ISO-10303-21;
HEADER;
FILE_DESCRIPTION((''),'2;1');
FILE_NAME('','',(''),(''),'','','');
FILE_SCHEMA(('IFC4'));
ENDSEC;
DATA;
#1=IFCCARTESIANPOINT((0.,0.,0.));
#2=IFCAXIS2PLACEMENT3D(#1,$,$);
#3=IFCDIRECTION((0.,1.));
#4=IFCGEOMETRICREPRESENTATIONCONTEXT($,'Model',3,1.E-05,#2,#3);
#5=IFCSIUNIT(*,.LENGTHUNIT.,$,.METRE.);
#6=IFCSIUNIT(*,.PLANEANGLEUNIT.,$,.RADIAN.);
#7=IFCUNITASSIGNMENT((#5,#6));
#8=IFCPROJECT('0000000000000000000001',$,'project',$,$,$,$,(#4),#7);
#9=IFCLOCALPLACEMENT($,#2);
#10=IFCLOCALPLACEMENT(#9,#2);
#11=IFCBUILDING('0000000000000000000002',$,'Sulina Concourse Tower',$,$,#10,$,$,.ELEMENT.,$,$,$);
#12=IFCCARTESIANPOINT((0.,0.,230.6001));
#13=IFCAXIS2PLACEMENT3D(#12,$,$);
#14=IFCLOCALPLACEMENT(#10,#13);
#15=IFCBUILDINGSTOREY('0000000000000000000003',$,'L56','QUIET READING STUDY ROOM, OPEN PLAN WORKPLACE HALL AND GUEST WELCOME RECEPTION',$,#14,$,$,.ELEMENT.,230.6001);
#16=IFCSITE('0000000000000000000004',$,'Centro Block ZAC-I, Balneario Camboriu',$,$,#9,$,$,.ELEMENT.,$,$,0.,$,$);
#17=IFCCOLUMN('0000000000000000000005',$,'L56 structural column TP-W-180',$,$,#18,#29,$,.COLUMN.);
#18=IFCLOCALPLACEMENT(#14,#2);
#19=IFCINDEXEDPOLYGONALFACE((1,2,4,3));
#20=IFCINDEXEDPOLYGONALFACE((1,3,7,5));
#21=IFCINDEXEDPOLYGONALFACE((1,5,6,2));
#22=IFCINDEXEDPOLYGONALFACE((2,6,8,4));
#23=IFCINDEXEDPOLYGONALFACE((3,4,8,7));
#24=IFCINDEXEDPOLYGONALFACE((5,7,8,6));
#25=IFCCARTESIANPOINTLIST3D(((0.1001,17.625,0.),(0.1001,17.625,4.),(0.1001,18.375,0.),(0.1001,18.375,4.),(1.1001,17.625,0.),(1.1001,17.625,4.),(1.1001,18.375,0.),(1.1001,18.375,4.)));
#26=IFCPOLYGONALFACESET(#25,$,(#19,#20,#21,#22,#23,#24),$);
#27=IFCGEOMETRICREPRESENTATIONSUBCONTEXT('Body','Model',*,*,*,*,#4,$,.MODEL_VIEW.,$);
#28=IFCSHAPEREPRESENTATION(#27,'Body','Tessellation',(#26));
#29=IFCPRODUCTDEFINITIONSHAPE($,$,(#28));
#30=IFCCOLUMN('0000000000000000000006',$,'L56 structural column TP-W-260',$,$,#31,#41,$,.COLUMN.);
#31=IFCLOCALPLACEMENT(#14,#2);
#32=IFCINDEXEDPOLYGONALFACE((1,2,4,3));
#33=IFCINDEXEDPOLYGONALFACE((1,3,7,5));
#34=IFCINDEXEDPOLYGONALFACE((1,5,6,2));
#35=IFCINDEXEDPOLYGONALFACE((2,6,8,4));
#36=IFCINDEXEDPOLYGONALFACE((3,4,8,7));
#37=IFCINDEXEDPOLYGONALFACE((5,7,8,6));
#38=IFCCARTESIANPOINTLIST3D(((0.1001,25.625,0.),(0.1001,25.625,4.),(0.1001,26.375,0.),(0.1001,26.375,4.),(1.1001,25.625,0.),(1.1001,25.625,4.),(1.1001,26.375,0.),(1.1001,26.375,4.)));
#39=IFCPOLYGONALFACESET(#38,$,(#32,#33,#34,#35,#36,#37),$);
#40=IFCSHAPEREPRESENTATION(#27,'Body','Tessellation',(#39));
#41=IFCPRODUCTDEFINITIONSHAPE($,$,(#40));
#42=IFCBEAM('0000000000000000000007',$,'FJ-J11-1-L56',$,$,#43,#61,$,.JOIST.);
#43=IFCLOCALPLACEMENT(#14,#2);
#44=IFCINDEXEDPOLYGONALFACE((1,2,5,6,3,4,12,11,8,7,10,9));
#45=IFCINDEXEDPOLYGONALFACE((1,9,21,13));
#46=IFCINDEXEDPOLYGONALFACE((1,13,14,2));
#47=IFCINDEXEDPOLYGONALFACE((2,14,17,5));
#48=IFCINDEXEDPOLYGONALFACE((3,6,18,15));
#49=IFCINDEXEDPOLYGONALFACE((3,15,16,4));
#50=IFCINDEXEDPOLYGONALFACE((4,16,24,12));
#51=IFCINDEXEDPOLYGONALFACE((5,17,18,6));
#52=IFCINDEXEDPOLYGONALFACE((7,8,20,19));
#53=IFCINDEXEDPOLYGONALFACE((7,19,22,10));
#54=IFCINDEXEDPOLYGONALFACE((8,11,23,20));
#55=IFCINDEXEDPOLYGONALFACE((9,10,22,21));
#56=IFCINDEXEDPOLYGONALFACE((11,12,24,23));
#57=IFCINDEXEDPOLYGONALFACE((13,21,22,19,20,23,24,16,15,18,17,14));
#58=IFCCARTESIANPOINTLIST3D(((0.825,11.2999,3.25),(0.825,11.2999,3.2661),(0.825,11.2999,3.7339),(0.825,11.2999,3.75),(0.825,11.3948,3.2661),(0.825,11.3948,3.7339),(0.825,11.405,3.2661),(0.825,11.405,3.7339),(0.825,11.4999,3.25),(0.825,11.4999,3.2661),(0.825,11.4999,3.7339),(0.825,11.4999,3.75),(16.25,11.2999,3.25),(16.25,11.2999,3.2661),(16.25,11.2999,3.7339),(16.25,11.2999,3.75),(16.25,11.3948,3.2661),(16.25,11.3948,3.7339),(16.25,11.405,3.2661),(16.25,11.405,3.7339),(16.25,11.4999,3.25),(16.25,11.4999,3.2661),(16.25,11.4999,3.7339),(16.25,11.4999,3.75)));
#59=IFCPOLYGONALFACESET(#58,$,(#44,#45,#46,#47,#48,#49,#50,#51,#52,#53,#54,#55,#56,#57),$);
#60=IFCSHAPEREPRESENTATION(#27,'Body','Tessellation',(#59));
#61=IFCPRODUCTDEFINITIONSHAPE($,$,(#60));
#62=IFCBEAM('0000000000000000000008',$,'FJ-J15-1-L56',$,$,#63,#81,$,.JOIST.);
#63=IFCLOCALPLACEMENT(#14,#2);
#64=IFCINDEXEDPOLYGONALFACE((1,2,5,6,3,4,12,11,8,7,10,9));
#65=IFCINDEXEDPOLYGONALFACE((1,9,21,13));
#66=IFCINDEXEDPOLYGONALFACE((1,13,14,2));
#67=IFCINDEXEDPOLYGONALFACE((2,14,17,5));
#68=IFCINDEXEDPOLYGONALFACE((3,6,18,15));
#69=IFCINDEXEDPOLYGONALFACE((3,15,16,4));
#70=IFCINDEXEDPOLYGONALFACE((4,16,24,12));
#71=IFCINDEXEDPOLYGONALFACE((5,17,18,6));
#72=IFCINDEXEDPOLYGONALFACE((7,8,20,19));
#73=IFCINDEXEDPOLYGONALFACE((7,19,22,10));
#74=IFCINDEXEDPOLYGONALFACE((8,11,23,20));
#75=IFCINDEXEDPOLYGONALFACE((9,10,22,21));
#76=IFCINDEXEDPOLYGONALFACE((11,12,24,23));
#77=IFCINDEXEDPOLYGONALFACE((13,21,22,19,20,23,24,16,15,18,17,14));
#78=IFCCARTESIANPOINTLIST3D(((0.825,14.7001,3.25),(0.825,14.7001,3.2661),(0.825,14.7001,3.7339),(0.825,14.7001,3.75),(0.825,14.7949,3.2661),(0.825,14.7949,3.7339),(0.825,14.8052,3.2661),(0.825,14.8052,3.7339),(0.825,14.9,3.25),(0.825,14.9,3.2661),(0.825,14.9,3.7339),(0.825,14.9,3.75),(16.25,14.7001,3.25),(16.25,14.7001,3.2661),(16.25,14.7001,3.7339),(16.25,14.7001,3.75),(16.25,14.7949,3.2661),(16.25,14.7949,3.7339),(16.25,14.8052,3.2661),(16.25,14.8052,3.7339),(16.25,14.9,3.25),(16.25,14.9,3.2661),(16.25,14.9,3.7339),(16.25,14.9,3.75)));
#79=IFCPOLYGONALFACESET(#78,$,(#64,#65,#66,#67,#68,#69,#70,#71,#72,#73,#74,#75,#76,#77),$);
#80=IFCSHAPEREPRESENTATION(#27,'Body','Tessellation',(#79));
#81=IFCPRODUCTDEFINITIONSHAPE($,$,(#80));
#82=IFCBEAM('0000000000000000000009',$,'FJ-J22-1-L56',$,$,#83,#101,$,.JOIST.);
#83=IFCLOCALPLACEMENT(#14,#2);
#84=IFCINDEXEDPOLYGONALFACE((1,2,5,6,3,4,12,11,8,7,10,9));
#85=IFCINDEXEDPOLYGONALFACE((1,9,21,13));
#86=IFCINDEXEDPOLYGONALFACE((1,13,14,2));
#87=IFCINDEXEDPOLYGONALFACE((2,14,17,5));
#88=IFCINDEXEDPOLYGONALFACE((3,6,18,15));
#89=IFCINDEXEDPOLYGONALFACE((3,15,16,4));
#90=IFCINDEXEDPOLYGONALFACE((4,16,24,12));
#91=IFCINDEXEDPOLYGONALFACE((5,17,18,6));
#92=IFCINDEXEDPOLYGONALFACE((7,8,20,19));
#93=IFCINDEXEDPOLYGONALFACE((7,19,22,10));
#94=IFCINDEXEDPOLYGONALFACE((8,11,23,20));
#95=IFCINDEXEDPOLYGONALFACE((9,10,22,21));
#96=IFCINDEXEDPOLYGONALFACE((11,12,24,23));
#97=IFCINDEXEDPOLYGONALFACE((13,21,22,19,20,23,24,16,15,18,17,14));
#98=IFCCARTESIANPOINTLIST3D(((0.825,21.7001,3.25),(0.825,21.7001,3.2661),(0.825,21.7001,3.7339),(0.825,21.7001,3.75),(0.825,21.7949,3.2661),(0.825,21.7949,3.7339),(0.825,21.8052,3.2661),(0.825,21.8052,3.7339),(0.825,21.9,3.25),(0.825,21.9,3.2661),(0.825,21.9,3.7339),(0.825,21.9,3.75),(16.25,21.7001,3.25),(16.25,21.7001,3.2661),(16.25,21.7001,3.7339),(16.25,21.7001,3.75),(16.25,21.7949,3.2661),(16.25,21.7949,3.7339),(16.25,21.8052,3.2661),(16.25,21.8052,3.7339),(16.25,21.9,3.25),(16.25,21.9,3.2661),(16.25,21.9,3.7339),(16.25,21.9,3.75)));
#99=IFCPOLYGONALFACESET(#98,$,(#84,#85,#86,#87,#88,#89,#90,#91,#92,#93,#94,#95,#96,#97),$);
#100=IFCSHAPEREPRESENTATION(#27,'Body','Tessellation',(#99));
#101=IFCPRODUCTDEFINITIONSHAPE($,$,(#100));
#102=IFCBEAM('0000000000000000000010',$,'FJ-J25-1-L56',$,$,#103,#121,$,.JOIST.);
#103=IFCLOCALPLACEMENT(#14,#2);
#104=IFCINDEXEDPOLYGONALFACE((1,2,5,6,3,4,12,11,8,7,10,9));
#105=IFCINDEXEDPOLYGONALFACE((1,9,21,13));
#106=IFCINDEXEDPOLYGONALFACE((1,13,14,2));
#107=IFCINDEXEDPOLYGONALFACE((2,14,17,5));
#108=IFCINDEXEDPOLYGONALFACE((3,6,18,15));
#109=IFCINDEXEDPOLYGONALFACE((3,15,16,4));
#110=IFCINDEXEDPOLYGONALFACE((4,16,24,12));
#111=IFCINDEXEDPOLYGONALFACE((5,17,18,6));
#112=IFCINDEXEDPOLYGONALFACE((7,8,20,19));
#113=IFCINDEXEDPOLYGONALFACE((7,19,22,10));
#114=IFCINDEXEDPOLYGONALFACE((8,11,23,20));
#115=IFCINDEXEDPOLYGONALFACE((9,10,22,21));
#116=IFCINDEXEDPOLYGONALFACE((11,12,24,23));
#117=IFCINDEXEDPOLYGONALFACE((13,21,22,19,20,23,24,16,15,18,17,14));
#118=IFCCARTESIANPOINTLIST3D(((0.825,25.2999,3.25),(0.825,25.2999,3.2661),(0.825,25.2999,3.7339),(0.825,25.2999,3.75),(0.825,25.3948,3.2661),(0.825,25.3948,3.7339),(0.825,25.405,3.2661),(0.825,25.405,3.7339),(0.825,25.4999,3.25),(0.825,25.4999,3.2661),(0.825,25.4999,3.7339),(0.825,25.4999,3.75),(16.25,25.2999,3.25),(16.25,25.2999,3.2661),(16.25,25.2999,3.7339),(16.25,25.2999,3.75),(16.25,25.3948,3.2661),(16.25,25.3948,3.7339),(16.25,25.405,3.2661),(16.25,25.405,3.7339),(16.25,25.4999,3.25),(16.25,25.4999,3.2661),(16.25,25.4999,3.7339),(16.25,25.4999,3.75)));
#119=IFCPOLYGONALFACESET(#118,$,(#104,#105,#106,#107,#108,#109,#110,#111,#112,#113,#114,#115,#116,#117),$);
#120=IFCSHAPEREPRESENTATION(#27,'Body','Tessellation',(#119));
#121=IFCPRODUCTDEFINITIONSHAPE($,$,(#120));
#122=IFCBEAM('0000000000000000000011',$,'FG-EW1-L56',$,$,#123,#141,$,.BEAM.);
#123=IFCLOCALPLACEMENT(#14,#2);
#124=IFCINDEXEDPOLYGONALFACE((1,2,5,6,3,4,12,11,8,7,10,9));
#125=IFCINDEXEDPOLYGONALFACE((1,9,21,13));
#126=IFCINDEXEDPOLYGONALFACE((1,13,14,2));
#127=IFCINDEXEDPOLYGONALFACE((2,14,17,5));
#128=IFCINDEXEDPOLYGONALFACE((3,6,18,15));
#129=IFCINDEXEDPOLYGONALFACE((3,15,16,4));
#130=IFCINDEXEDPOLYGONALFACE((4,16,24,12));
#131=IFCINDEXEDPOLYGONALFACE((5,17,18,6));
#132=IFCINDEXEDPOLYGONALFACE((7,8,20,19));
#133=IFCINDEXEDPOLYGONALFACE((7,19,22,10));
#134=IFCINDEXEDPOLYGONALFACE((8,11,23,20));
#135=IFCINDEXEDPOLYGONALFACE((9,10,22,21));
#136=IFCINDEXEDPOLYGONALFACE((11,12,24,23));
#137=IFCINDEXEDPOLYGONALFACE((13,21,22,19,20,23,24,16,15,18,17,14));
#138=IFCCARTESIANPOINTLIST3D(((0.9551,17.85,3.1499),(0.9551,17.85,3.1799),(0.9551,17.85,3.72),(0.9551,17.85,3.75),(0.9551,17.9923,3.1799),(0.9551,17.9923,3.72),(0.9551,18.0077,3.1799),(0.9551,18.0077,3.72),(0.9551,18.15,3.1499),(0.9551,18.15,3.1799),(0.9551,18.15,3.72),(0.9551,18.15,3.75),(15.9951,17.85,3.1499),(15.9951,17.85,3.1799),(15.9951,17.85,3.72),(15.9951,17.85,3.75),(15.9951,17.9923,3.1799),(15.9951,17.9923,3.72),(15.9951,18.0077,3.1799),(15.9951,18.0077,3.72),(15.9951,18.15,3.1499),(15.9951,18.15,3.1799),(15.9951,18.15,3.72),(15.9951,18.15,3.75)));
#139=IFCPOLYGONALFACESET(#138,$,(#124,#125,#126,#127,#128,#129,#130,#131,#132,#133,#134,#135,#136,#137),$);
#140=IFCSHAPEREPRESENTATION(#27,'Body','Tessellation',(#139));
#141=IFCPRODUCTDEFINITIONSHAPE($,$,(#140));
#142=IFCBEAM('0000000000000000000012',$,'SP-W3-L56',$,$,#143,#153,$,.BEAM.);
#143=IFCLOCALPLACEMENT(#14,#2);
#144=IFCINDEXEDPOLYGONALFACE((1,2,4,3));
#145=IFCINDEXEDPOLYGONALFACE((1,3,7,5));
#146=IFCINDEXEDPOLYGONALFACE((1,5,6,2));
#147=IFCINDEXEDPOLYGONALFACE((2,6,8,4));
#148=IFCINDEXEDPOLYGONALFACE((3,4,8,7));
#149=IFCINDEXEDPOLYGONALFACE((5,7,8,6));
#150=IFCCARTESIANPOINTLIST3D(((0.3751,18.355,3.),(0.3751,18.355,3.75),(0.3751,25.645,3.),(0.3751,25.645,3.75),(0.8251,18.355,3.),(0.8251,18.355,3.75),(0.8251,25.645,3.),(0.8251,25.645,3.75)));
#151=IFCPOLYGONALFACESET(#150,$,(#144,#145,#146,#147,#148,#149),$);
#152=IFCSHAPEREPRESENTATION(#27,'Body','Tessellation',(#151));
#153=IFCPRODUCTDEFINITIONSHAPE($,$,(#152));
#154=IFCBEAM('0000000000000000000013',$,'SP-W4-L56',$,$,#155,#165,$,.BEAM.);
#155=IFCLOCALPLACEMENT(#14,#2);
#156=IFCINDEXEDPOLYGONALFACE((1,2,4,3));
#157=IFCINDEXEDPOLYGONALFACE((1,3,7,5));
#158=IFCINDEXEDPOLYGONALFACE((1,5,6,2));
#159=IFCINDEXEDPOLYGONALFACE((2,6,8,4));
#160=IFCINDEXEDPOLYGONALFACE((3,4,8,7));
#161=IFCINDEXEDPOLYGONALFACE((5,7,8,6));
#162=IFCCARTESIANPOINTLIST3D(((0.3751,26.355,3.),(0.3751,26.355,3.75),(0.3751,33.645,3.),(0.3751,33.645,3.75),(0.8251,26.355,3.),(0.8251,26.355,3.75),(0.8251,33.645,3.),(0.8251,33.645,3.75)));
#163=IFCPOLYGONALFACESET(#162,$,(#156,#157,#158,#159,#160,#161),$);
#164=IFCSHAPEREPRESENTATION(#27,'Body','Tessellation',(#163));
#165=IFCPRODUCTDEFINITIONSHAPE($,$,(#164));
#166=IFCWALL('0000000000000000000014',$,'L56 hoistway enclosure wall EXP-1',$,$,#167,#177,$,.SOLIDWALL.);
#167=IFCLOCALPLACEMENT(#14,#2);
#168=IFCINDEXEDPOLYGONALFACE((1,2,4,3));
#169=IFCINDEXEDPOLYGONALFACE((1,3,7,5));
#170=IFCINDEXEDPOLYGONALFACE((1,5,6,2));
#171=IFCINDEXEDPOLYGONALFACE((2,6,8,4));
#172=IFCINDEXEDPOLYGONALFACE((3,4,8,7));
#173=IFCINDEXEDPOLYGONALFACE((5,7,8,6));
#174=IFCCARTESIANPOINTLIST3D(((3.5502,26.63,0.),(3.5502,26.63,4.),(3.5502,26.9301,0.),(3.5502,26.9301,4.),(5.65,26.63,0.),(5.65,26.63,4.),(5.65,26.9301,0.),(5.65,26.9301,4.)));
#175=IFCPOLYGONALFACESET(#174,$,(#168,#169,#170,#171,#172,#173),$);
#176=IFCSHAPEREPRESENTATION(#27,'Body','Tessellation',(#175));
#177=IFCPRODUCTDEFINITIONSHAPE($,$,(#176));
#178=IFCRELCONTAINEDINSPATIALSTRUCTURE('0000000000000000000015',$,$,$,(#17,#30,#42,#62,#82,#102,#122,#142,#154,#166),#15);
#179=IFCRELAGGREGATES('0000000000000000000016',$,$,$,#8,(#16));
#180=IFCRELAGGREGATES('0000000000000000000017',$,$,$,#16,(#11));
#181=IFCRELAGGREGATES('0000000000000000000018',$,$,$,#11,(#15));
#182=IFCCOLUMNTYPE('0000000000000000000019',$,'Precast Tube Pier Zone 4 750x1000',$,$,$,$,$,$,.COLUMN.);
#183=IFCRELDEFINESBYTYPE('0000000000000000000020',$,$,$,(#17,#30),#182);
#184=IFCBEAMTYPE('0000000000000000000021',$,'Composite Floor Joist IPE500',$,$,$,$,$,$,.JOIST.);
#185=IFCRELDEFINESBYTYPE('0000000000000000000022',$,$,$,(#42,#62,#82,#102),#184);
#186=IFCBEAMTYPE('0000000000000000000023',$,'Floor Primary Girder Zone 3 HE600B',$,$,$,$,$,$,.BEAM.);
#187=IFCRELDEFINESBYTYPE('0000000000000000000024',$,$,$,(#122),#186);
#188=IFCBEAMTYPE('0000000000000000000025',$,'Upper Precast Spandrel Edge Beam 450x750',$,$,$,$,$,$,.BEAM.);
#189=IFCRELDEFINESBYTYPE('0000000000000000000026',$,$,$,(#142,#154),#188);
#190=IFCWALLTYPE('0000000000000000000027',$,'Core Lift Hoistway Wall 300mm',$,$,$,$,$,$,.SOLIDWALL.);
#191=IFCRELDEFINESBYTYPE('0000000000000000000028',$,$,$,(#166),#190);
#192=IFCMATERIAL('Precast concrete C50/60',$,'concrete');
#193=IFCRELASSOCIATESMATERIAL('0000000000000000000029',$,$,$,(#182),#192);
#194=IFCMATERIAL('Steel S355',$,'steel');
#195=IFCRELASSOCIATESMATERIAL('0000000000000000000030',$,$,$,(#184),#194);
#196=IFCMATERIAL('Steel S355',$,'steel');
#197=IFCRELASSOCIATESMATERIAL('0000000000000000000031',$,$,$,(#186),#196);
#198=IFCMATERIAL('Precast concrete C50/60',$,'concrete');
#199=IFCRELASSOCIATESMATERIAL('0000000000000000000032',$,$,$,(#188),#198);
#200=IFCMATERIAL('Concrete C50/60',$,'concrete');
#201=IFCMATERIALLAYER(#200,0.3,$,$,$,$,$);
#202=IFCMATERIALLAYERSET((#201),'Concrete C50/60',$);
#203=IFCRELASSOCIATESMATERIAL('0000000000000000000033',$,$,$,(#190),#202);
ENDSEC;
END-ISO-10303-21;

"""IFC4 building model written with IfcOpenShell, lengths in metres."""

from ifc_helpers import new_model, si_unit, direction, frame, frame_2d, origin, origin_2d, place, context, subcontext, project, spatial, rectangle, i_section, extrude, material, layer, layer_set, material_profile, profile_set, type_object, element, save


model = new_model("IFC4")

# Units and contexts
model_context = context("Model", 3, precision=1e-05, world=origin(), true_north=direction((0.0, 1.0)))
body_context = subcontext(model_context, "Body", "Model", "MODEL_VIEW")
ifc_project = project(units=[si_unit("LENGTHUNIT", "METRE"), si_unit("PLANEANGLEUNIT", "RADIAN")], contexts=[model_context])

# Site, building, storey
site_placement = place(None, origin())
site = spatial("IfcSite", under=ifc_project, at=site_placement, Name="Centro Block ZAC-I, Balneario Camboriu", CompositionType="ELEMENT", RefElevation=0.0)
building_placement = place(site_placement, origin())
building = spatial("IfcBuilding", under=site, at=building_placement, Name="Sulina Concourse Tower", CompositionType="ELEMENT")
storey_placement = place(building_placement, frame((0.0, 0.0, 230.6001)))
storey = spatial("IfcBuildingStorey", under=building, at=storey_placement, Name="L56", Description="QUIET READING STUDY ROOM, OPEN PLAN WORKPLACE HALL AND GUEST WELCOME RECEPTION", CompositionType="ELEMENT", Elevation=230.6001)

# Columns
ifc_material_1 = material(Name="Precast concrete C50/60", Category="concrete")
ifc_material_profile_1 = material_profile(ifc_material_1, rectangle(XDim=0.75, YDim=1.0, at=origin_2d()), Name="PC 750x1000")
ifc_profile_set_1 = profile_set([ifc_material_profile_1], Name="Precast concrete C50/60")
column_type = type_object("IfcColumnType", Name="Precast Tube Pier Zone 4 750x1000", PredefinedType="COLUMN", material=ifc_profile_set_1)
for number, where, z_axis, x_axis, name in (
    (1, (0.6001, 18.0, 0.0), (0.0, 0.0, 1.0), (0.0, 1.0, 0.0), "L56 structural column TP-W-180"),
    (2, (0.6001, 26.0, 0.0), (0.0, 0.0, 1.0), (0.0, 1.0, 0.0), "L56 structural column TP-W-260"),
):
    element("IfcColumn", number, at=place(storey_placement, frame(where, z_axis=z_axis, x_axis=x_axis)), inside=storey, type_object=column_type, Name=name, PredefinedType="COLUMN", context=body_context, shape_type="SweptSolid", body=[
        extrude(rectangle(XDim=0.75, YDim=1.0, at=origin_2d()), origin(), (0.0, 0.0, 1.0), 4.0),
    ])

# Beams
ifc_material_2 = material(Name="Steel S355", Category="steel")
ifc_material_profile_2 = material_profile(ifc_material_2, i_section(OverallWidth=0.2, OverallDepth=0.5, WebThickness=0.0103, FlangeThickness=0.0161, at=origin_2d()), Name="IPE 500")
ifc_profile_set_2 = profile_set([ifc_material_profile_2], Name="Steel S355")
beam_type_1 = type_object("IfcBeamType", Name="Composite Floor Joist IPE500", PredefinedType="JOIST", material=ifc_profile_set_2)
for number, where, z_axis, x_axis, name in (
    (3, (0.825, 11.3999, 3.5), (1.0, 0.0, 0.0), (0.0, 1.0, 0.0), "FJ-J11-1-L56"),
    (4, (0.825, 14.8, 3.5), (1.0, 0.0, 0.0), (0.0, 1.0, 0.0), "FJ-J15-1-L56"),
    (5, (0.825, 21.8, 3.5), (1.0, 0.0, 0.0), (0.0, 1.0, 0.0), "FJ-J22-1-L56"),
    (6, (0.825, 25.3999, 3.5), (1.0, 0.0, 0.0), (0.0, 1.0, 0.0), "FJ-J25-1-L56"),
):
    element("IfcBeam", number, at=place(storey_placement, frame(where, z_axis=z_axis, x_axis=x_axis)), inside=storey, type_object=beam_type_1, Name=name, PredefinedType="JOIST", context=body_context, shape_type="SweptSolid", body=[
        extrude(i_section(OverallWidth=0.2, OverallDepth=0.5, WebThickness=0.0103, FlangeThickness=0.0161, at=origin_2d()), origin(), (0.0, 0.0, 1.0), 15.425),
    ])
ifc_material_3 = material(Name="Steel S355", Category="steel")
ifc_material_profile_3 = material_profile(ifc_material_3, i_section(OverallWidth=0.3, OverallDepth=0.6001, WebThickness=0.0154, FlangeThickness=0.03, at=origin_2d()), Name="HE 600 B")
ifc_profile_set_3 = profile_set([ifc_material_profile_3], Name="Steel S355")
beam_type_2 = type_object("IfcBeamType", Name="Floor Primary Girder Zone 3 HE600B", PredefinedType="BEAM", material=ifc_profile_set_3)
beam_placement = place(storey_placement, frame((0.9551, 18.0, 3.45), z_axis=(1.0, 0.0, 0.0), x_axis=(0.0, 1.0, 0.0)))
element("IfcBeam", 7, at=beam_placement, inside=storey, type_object=beam_type_2, Name="FG-EW1-L56", PredefinedType="BEAM", context=body_context, shape_type="SweptSolid", body=[
    extrude(i_section(OverallWidth=0.3, OverallDepth=0.6001, WebThickness=0.0154, FlangeThickness=0.03, at=origin_2d()), origin(), (0.0, 0.0, 1.0), 15.04),
])
ifc_material_4 = material(Name="Precast concrete C50/60", Category="concrete")
ifc_material_profile_4 = material_profile(ifc_material_4, rectangle(XDim=0.45, YDim=0.75, at=origin_2d()), Name="RC 450x750")
ifc_profile_set_4 = profile_set([ifc_material_profile_4], Name="Precast concrete C50/60")
beam_type_3 = type_object("IfcBeamType", Name="Upper Precast Spandrel Edge Beam 450x750", PredefinedType="BEAM", material=ifc_profile_set_4)
for number, where, z_axis, x_axis, name in (
    (8, (0.6001, 18.355, 3.375), (0.0, 1.0, 0.0), (-1.0, 0.0, 0.0), "SP-W3-L56"),
    (9, (0.6001, 26.355, 3.375), (0.0, 1.0, 0.0), (-1.0, 0.0, 0.0), "SP-W4-L56"),
):
    element("IfcBeam", number, at=place(storey_placement, frame(where, z_axis=z_axis, x_axis=x_axis)), inside=storey, type_object=beam_type_3, Name=name, PredefinedType="BEAM", context=body_context, shape_type="SweptSolid", body=[
        extrude(rectangle(XDim=0.45, YDim=0.75, at=origin_2d()), origin(), (0.0, 0.0, 1.0), 7.29),
    ])

# Wall
ifc_material_5 = material(Name="Concrete C50/60", Category="concrete")
ifc_layer_1 = layer(ifc_material_5, 0.3)
ifc_layer_set_1 = layer_set([ifc_layer_1], Name="Concrete C50/60")
wall_type_1 = type_object("IfcWallType", Name="Core Lift Hoistway Wall 300mm", PredefinedType="SOLIDWALL", material=ifc_layer_set_1)
wall_1_placement = place(storey_placement, frame((5.6499, 26.78, 0.0), z_axis=(0.0, 0.0, 1.0), x_axis=(-1.0, 0.0, 0.0)))
element("IfcWall", 10, at=wall_1_placement, inside=storey, type_object=wall_type_1, Name="L56 hoistway enclosure wall EXP-1", PredefinedType="SOLIDWALL", context=body_context, shape_type="SweptSolid", body=[
    extrude(rectangle(XDim=2.0999, YDim=0.3, at=frame_2d((1.0498, 0.0))), origin(), (0.0, 0.0, 1.0), 4.0),
])

save(model, "model.ifc")
